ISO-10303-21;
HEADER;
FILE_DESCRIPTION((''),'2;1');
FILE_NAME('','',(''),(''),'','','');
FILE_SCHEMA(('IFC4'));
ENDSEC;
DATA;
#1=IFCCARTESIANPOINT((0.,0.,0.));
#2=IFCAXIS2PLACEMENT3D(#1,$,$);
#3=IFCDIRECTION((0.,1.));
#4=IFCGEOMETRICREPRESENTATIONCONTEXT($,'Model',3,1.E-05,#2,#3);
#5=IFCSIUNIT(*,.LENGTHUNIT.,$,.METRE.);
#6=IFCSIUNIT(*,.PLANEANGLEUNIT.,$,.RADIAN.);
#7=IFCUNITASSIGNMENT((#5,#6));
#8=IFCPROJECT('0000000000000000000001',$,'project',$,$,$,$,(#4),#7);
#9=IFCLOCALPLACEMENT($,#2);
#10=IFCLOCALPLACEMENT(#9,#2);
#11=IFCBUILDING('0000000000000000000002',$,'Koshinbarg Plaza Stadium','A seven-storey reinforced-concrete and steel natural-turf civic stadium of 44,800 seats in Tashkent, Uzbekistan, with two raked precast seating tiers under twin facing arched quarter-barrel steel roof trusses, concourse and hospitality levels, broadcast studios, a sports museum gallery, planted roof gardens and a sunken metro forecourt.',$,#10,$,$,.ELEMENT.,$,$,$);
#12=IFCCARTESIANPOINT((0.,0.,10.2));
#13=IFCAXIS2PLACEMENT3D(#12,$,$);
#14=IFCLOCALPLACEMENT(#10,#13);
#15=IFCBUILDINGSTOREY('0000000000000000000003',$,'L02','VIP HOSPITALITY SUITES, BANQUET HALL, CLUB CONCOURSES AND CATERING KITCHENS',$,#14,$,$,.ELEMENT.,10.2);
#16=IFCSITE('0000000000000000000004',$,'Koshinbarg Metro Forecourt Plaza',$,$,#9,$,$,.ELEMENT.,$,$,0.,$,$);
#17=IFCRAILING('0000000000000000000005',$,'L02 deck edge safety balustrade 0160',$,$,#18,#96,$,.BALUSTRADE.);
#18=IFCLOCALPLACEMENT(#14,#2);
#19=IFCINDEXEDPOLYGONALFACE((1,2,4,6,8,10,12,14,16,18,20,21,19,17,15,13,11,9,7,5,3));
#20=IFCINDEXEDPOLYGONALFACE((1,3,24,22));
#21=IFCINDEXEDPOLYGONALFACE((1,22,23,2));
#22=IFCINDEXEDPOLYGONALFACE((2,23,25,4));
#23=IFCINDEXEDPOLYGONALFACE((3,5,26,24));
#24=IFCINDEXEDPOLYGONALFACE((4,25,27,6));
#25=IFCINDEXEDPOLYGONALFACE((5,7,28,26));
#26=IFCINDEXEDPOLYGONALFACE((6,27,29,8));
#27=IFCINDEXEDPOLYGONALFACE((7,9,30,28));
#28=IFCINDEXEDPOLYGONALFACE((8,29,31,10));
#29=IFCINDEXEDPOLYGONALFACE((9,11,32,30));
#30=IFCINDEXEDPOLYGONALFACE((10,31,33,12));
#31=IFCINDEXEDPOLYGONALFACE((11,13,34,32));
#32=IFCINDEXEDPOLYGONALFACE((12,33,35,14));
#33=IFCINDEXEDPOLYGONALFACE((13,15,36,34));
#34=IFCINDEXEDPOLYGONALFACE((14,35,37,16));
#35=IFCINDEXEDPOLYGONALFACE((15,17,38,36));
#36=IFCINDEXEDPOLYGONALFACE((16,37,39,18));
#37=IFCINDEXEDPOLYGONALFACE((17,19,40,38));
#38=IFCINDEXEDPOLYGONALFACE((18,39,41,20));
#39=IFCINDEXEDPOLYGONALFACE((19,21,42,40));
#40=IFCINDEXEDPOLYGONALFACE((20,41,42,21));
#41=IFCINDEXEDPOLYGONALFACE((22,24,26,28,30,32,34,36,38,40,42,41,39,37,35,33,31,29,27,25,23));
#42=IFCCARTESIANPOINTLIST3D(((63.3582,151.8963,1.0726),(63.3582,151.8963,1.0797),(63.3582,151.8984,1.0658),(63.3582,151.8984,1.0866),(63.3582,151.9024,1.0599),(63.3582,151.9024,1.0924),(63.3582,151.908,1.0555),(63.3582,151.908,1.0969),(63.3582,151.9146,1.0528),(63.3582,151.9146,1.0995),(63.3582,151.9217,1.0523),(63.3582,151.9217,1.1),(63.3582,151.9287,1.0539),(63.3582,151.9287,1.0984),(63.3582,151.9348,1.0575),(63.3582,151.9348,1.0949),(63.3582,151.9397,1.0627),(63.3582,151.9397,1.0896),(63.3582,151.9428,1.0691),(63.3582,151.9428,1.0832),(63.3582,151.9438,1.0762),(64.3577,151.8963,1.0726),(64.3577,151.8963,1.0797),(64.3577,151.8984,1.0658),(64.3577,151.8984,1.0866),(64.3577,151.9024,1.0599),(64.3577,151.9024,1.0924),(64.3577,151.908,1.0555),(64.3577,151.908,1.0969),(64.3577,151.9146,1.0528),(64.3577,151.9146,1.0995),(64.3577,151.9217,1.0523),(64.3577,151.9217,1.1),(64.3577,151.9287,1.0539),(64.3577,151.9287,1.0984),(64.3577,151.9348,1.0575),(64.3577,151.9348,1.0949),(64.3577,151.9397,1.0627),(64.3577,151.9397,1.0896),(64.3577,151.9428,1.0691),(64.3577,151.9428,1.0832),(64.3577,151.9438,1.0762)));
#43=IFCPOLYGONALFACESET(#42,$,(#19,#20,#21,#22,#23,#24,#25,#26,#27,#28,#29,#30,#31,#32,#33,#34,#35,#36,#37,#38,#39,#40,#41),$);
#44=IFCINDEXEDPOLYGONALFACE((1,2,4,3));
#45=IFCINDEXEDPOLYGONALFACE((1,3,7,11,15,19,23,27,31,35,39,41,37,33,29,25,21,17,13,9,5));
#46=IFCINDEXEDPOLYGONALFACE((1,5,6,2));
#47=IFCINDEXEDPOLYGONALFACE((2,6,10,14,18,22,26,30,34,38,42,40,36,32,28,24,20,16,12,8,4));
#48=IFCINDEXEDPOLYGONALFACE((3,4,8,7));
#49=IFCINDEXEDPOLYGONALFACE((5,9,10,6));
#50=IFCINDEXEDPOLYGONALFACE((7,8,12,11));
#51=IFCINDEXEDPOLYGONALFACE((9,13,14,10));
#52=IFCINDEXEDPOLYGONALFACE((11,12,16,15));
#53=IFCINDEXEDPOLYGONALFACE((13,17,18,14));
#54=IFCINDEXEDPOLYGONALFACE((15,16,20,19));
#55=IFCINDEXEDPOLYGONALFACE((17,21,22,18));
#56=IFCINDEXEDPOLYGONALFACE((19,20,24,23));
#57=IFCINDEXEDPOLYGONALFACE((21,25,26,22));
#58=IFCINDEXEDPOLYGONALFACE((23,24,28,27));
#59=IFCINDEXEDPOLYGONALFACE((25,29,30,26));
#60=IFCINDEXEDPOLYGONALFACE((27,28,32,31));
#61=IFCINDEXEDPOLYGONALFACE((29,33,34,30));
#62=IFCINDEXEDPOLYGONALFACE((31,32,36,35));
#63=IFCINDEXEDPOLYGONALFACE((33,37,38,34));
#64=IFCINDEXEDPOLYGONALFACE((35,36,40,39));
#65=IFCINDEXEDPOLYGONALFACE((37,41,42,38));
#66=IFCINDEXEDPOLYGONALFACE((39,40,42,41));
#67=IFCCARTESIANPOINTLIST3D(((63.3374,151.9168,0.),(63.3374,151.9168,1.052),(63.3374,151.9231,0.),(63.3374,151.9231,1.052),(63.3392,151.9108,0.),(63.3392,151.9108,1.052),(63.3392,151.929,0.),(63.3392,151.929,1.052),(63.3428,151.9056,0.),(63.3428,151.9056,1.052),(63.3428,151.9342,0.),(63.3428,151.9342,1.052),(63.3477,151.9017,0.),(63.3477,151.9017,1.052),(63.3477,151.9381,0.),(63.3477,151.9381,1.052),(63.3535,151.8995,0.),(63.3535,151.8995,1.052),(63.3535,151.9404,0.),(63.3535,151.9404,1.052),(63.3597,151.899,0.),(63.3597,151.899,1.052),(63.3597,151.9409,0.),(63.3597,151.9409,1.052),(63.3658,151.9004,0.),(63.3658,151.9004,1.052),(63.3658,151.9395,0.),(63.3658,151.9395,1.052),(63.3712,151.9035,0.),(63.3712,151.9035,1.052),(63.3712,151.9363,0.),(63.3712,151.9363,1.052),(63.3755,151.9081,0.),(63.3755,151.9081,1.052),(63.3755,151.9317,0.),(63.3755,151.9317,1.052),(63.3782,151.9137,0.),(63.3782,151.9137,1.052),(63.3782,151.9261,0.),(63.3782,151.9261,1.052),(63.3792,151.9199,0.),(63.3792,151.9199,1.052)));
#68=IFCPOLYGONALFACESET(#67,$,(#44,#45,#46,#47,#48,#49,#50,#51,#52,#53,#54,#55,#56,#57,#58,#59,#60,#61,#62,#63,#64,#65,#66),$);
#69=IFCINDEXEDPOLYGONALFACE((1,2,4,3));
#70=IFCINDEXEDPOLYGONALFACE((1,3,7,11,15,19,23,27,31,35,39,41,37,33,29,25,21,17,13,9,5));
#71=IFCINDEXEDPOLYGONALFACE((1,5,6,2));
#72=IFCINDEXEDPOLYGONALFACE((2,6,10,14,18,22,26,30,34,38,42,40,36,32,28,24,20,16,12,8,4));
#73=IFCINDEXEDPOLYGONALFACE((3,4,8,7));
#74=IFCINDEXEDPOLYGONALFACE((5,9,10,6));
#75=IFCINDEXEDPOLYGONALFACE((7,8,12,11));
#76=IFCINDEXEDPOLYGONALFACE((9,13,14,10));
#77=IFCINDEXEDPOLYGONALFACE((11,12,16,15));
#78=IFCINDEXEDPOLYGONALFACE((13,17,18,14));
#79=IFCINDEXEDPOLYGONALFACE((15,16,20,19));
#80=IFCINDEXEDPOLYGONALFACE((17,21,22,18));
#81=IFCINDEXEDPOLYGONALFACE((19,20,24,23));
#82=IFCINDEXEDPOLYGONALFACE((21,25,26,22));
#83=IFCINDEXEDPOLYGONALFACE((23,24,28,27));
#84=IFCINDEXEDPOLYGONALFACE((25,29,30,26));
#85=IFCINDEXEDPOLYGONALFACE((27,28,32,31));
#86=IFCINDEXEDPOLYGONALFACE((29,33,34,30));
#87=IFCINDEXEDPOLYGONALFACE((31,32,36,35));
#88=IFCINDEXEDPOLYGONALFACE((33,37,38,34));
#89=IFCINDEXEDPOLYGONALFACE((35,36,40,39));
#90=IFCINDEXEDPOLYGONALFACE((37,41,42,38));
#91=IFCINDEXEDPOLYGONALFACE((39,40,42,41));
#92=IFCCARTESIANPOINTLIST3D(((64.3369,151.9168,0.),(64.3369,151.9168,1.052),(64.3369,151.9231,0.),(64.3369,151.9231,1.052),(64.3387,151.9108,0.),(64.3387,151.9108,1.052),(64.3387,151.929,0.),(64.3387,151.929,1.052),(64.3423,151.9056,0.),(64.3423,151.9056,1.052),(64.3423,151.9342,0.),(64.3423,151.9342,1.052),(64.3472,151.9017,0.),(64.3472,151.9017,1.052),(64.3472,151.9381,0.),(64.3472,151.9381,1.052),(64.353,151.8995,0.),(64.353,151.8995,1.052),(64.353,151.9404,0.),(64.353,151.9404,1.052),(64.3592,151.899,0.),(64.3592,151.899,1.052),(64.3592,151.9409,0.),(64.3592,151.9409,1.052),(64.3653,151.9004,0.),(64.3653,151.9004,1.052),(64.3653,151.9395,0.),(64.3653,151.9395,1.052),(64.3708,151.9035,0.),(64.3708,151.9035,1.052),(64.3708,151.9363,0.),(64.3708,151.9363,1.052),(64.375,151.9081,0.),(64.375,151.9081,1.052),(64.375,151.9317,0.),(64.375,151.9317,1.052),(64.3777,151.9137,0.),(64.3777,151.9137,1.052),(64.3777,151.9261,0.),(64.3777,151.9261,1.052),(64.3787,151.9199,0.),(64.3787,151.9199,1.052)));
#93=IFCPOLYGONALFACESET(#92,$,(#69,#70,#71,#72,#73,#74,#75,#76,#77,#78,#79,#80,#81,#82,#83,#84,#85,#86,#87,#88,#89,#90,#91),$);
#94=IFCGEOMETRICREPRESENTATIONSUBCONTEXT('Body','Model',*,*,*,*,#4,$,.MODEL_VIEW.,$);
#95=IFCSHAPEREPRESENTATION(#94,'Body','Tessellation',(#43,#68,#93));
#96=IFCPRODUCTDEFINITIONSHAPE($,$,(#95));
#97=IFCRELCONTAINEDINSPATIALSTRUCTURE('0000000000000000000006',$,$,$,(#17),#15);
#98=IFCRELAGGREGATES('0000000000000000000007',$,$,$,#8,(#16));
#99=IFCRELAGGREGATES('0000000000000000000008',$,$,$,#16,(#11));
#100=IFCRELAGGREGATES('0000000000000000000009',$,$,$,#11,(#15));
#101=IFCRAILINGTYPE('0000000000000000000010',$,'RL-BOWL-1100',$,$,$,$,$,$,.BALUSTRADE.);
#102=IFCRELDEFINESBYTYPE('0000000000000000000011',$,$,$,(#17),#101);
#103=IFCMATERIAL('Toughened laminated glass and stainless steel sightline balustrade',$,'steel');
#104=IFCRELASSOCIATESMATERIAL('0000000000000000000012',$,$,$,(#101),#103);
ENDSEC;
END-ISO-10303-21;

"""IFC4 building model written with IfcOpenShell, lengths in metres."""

from ifc_helpers import new_model, si_unit, direction, frame, origin, origin_2d, place, context, subcontext, project, spatial, circle, extrude, material, type_object, element, save


model = new_model("IFC4")

# Units and contexts
model_context = context("Model", 3, precision=1e-05, world=origin(), true_north=direction((0.0, 1.0)))
body_context = subcontext(model_context, "Body", "Model", "MODEL_VIEW")
ifc_project = project(units=[si_unit("LENGTHUNIT", "METRE"), si_unit("PLANEANGLEUNIT", "RADIAN")], contexts=[model_context])

# Site, building, storey
site_placement = place(None, origin())
site = spatial("IfcSite", under=ifc_project, at=site_placement, Name="Koshinbarg Metro Forecourt Plaza", CompositionType="ELEMENT", RefElevation=0.0)
building_placement = place(site_placement, origin())
building = spatial("IfcBuilding", under=site, at=building_placement, Name="Koshinbarg Plaza Stadium", Description="A seven-storey reinforced-concrete and steel natural-turf civic stadium of 44,800 seats in Tashkent, Uzbekistan, with two raked precast seating tiers under twin facing arched quarter-barrel steel roof trusses, concourse and hospitality levels, broadcast studios, a sports museum gallery, planted roof gardens and a sunken metro forecourt.", CompositionType="ELEMENT")
storey_placement = place(building_placement, frame((0.0, 0.0, 10.2)))
storey = spatial("IfcBuildingStorey", under=building, at=storey_placement, Name="L02", Description="VIP HOSPITALITY SUITES, BANQUET HALL, CLUB CONCOURSES AND CATERING KITCHENS", CompositionType="ELEMENT", Elevation=10.2)

# Railing
ifc_material_1 = material(Name="Toughened laminated glass and stainless steel sightline balustrade", Category="steel")
railing_type = type_object("IfcRailingType", Name="RL-BOWL-1100", PredefinedType="BALUSTRADE", material=ifc_material_1)
for number, where, name in (
    (1, (63.3582, 151.9199, 0.0), "L02 deck edge safety balustrade 0160"),
):
    element("IfcRailing", number, at=place(storey_placement, frame(where)), inside=storey, type_object=railing_type, Name=name, PredefinedType="BALUSTRADE", context=body_context, shape_type="SweptSolid", body=[
        extrude(circle(Radius=0.0239, at=origin_2d()), frame((0.0, 0.0, 1.0762), z_axis=(1.0, 0.0, 0.0), x_axis=(0.0, 1.0, 0.0)), (0.0, 0.0, 1.0), 0.9995),
        extrude(circle(Radius=0.021, at=origin_2d()), origin(), (0.0, 0.0, 1.0), 1.052),
        extrude(circle(Radius=0.021, at=origin_2d()), frame((0.9995, 0.0, 0.0)), (0.0, 0.0, 1.0), 1.052),
    ])

save(model, "model.ifc")
